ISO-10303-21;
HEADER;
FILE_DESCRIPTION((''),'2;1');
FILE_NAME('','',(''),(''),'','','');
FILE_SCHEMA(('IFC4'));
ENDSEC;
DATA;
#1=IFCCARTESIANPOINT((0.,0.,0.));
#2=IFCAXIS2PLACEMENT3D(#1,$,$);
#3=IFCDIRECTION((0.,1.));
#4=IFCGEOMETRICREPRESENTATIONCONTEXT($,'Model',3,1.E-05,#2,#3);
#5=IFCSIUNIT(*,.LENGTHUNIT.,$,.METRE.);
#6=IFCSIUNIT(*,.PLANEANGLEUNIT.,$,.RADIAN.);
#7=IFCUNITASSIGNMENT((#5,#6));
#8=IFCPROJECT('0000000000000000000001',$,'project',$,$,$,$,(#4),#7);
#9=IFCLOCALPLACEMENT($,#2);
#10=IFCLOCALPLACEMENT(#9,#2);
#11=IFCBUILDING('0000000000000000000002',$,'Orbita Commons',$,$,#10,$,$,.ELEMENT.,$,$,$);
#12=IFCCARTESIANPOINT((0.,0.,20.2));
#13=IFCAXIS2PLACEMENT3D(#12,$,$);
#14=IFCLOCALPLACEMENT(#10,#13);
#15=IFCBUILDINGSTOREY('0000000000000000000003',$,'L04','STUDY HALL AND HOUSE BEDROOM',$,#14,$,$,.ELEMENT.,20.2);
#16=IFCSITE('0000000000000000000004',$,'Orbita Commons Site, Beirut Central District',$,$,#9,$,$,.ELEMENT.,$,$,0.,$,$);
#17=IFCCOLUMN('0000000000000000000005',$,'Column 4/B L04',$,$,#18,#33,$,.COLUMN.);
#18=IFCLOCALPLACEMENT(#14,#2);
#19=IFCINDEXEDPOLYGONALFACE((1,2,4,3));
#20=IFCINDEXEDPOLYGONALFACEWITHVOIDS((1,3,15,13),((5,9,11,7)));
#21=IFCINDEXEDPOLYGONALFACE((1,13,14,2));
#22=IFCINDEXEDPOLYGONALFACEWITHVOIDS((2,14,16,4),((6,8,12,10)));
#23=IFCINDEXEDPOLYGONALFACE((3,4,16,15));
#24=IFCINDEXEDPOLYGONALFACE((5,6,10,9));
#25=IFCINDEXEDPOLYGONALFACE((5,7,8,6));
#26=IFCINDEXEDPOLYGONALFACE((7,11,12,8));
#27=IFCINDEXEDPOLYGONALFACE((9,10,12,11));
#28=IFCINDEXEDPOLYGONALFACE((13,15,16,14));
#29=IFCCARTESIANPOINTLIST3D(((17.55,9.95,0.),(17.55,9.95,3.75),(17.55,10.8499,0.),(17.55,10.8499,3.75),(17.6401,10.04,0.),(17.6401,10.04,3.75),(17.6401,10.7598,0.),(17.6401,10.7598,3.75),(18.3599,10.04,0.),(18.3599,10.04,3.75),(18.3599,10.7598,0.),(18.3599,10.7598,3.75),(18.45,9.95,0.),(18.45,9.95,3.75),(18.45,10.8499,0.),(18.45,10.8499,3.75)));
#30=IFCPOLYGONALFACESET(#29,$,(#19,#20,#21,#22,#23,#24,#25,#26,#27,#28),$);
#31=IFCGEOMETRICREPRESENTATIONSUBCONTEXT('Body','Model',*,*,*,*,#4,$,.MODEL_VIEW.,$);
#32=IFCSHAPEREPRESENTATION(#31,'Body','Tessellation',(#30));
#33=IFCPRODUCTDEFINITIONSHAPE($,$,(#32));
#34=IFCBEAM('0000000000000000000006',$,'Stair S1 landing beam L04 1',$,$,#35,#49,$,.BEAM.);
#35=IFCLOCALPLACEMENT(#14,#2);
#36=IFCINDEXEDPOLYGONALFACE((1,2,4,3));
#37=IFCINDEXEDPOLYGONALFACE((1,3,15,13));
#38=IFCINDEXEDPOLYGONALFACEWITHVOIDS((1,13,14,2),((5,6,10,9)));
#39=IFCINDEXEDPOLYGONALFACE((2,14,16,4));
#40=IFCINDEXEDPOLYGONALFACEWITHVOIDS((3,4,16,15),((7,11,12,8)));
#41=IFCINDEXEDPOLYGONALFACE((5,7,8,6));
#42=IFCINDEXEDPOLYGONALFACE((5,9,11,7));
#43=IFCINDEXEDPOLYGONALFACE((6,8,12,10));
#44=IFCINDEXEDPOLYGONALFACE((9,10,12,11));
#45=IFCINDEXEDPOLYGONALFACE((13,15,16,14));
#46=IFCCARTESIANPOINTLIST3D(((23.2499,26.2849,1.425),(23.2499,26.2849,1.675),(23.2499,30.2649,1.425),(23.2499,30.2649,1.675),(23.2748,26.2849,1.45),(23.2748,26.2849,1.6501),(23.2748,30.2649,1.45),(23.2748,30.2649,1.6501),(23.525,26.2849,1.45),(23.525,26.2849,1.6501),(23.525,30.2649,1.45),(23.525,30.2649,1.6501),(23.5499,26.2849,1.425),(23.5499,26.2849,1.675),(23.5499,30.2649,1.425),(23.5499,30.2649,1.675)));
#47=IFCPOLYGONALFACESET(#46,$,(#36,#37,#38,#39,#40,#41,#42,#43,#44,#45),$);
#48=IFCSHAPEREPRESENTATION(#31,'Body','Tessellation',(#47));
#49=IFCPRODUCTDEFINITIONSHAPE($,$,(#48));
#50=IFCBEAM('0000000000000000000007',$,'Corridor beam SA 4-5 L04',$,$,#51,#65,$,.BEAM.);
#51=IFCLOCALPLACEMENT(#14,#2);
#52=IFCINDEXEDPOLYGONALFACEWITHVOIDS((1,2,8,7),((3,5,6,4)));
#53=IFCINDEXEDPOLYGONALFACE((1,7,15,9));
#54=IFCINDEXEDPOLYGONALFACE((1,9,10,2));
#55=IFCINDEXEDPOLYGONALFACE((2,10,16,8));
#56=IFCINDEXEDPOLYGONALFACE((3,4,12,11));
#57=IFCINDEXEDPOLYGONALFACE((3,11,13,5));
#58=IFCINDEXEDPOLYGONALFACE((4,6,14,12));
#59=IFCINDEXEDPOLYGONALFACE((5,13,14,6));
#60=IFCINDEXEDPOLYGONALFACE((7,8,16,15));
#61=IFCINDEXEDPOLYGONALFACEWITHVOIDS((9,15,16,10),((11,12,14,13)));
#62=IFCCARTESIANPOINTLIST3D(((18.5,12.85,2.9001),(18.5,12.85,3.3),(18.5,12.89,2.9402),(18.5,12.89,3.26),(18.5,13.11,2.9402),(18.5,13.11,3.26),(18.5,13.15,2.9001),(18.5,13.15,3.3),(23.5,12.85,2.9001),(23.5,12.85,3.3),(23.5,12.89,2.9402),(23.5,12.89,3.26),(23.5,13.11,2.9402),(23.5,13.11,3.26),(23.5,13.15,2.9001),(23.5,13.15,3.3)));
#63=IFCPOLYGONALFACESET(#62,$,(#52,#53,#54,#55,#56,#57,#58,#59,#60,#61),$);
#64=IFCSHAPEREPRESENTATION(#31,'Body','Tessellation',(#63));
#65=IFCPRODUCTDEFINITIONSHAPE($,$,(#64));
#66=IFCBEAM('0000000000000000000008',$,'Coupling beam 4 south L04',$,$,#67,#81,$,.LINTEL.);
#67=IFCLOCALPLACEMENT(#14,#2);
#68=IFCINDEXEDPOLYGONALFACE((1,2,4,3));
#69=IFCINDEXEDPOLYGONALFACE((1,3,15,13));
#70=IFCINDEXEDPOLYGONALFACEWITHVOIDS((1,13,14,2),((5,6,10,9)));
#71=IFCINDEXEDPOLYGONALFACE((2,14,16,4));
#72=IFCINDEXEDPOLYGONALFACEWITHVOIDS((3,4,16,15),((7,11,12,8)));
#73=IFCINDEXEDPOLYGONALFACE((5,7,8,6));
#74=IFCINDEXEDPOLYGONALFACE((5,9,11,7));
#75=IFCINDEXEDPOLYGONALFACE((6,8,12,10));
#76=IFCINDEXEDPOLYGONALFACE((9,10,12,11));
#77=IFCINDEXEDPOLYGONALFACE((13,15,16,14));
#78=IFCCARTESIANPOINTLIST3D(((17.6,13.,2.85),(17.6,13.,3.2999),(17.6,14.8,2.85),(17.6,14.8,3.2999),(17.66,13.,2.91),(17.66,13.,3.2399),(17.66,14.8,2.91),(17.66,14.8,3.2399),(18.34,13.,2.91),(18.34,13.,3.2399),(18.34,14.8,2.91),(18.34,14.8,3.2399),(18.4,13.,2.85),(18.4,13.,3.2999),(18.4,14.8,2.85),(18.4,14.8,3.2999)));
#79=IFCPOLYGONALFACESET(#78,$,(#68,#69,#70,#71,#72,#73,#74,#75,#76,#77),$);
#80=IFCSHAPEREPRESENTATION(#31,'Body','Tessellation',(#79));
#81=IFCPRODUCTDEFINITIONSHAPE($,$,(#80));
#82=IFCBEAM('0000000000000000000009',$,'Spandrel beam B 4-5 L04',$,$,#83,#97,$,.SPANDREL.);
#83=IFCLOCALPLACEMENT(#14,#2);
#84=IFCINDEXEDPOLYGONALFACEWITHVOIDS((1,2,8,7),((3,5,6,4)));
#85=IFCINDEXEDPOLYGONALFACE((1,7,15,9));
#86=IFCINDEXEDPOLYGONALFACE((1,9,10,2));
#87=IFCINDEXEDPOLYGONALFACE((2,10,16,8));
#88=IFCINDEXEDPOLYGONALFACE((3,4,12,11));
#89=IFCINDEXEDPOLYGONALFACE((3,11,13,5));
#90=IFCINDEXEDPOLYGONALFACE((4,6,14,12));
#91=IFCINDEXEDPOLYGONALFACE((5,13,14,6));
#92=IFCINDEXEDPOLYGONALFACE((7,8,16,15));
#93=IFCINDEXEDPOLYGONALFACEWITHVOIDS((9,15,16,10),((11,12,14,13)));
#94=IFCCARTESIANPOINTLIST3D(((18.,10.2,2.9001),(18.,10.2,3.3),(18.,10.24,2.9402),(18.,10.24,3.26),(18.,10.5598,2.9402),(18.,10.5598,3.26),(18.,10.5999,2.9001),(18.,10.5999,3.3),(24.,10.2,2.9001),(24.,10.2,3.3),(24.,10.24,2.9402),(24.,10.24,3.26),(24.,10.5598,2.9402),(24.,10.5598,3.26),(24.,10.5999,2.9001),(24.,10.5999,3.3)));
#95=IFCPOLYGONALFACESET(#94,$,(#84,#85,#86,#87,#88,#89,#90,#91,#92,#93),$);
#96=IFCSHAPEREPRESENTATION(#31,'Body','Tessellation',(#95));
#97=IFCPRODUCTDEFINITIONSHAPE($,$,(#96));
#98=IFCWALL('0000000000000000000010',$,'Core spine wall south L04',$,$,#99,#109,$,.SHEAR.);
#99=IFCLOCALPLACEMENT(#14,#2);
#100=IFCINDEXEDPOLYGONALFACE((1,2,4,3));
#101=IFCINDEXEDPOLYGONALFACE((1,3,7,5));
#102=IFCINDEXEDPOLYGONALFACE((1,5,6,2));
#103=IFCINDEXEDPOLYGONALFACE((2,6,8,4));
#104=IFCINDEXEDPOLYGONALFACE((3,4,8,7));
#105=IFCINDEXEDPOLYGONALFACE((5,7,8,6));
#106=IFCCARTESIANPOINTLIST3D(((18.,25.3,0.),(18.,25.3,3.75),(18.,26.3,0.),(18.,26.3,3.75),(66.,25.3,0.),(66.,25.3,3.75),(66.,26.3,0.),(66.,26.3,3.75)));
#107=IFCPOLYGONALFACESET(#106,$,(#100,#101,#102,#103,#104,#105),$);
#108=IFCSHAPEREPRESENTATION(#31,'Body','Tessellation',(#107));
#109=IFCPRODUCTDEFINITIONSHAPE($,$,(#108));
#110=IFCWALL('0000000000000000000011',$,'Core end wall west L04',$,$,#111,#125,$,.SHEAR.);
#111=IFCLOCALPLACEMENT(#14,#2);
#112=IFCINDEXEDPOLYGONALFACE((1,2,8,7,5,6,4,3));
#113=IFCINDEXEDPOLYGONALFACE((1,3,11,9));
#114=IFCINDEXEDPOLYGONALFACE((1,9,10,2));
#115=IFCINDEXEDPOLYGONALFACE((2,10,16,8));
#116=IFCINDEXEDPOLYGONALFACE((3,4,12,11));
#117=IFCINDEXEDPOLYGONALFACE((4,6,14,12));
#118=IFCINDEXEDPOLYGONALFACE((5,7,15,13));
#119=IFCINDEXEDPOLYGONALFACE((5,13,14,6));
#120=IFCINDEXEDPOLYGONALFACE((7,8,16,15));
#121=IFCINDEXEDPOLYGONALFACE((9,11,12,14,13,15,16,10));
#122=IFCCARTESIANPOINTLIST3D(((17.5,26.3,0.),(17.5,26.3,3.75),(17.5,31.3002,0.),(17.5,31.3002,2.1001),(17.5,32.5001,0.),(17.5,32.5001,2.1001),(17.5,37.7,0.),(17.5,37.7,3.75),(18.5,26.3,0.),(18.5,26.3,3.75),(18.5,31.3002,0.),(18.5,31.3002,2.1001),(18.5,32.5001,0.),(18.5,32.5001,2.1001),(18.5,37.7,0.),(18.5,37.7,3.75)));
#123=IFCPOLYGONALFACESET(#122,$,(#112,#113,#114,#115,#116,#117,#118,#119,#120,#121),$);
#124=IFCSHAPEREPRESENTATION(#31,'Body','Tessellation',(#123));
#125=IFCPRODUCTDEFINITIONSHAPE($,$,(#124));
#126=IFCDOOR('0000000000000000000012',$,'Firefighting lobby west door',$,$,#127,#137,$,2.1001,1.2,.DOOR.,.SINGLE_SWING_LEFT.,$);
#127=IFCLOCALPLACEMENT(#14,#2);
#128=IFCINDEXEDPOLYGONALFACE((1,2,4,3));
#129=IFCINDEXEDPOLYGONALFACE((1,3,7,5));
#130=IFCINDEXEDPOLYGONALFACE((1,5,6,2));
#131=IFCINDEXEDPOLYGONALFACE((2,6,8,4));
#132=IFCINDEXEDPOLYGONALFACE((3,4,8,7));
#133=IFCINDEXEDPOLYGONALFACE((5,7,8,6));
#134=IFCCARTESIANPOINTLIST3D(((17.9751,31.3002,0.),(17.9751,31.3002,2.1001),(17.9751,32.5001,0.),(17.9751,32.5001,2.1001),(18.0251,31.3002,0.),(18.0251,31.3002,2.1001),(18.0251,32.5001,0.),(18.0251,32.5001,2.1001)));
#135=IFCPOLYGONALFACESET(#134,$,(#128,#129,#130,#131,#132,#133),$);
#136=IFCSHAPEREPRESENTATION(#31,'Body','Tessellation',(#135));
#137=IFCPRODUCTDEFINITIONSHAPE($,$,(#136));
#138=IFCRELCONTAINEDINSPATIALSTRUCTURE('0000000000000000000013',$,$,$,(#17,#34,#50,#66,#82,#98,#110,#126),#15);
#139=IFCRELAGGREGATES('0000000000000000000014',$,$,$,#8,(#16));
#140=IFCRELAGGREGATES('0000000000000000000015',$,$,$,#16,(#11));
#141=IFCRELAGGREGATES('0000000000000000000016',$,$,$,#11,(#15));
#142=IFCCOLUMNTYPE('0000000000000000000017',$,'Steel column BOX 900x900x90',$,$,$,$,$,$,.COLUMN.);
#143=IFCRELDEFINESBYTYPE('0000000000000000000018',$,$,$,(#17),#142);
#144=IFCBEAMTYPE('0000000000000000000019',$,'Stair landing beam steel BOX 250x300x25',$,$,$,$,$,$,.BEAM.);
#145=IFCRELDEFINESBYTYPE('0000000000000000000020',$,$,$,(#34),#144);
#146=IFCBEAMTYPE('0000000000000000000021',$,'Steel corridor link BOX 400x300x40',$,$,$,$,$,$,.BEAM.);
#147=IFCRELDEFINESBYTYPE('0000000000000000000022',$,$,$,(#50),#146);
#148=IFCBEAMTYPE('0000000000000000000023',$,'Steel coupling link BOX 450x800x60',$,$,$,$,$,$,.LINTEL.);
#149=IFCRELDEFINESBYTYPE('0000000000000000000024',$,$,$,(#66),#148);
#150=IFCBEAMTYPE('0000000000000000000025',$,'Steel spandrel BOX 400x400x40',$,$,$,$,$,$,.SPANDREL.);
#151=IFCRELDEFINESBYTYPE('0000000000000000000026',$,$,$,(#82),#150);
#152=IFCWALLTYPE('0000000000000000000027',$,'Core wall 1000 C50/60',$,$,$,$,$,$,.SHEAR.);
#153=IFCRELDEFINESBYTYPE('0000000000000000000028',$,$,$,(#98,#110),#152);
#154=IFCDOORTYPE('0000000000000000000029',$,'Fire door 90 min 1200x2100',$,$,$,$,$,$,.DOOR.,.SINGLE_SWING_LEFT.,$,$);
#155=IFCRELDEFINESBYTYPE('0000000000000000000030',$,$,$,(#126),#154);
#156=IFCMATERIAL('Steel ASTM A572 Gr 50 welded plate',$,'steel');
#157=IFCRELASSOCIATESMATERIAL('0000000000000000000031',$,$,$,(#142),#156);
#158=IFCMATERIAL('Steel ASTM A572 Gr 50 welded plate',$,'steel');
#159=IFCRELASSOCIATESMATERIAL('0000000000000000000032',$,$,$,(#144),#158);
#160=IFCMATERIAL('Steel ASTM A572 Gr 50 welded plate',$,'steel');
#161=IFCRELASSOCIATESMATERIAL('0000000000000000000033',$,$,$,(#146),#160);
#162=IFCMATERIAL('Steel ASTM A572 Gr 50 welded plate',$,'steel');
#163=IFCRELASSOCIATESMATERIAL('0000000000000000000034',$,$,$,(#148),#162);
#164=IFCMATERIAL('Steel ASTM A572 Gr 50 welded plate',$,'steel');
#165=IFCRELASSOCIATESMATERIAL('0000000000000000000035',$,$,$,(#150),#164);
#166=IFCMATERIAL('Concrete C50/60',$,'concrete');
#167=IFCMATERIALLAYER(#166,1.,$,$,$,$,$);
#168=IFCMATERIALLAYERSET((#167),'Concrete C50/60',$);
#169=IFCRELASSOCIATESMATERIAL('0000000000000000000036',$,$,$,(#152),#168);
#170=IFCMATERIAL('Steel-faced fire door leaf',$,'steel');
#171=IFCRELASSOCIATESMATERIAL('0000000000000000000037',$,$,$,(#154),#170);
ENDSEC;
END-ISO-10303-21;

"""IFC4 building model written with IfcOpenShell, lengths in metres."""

from ifc_helpers import new_model, si_unit, direction, frame, frame_2d, origin, origin_2d, place, context, subcontext, project, spatial, rectangle, hollow_rectangle, extrude, material, layer, layer_set, material_profile, profile_set, type_object, element, fill, save


model = new_model("IFC4")

# Units and contexts
model_context = context("Model", 3, precision=1e-05, world=origin(), true_north=direction((0.0, 1.0)))
body_context = subcontext(model_context, "Body", "Model", "MODEL_VIEW")
ifc_project = project(units=[si_unit("LENGTHUNIT", "METRE"), si_unit("PLANEANGLEUNIT", "RADIAN")], contexts=[model_context])

# Site, building, storey
site_placement = place(None, origin())
site = spatial("IfcSite", under=ifc_project, at=site_placement, Name="Orbita Commons Site, Beirut Central District", CompositionType="ELEMENT", RefElevation=0.0)
building_placement = place(site_placement, origin())
building = spatial("IfcBuilding", under=site, at=building_placement, Name="Orbita Commons", CompositionType="ELEMENT")
storey_placement = place(building_placement, frame((0.0, 0.0, 20.2)))
storey = spatial("IfcBuildingStorey", under=building, at=storey_placement, Name="L04", Description="STUDY HALL AND HOUSE BEDROOM", CompositionType="ELEMENT", Elevation=20.2)

# Column
ifc_material_1 = material(Name="Steel ASTM A572 Gr 50 welded plate", Category="steel")
ifc_material_profile_1 = material_profile(ifc_material_1, hollow_rectangle(XDim=0.8999, YDim=0.8999, WallThickness=0.0901, at=origin_2d()), Name="BOX 900x900x90")
ifc_profile_set_1 = profile_set([ifc_material_profile_1], Name="Steel ASTM A572 Gr 50 welded plate")
column_type = type_object("IfcColumnType", Name="Steel column BOX 900x900x90", PredefinedType="COLUMN", material=ifc_profile_set_1)
column_placement = place(storey_placement, frame((18.0, 10.3999, 0.0), z_axis=(0.0, 0.0, 1.0), x_axis=(1.0, 0.0, 0.0)))
element("IfcColumn", 1, at=column_placement, inside=storey, type_object=column_type, Name="Column 4/B L04", PredefinedType="COLUMN", context=body_context, shape_type="SweptSolid", body=[
    extrude(hollow_rectangle(XDim=0.8999, YDim=0.8999, WallThickness=0.0901, at=origin_2d()), origin(), (0.0, 0.0, 1.0), 3.75),
])

# Beams
ifc_material_2 = material(Name="Steel ASTM A572 Gr 50 welded plate", Category="steel")
ifc_material_profile_2 = material_profile(ifc_material_2, hollow_rectangle(XDim=0.3, YDim=0.25, WallThickness=0.0249, at=origin_2d()), Name="BOX 250x300x25")
ifc_profile_set_2 = profile_set([ifc_material_profile_2], Name="Steel ASTM A572 Gr 50 welded plate")
beam_type_1 = type_object("IfcBeamType", Name="Stair landing beam steel BOX 250x300x25", PredefinedType="BEAM", material=ifc_profile_set_2)
beam_1_placement = place(storey_placement, frame((23.3999, 26.2849, 1.55), z_axis=(0.0, 1.0, 0.0), x_axis=(-1.0, 0.0, 0.0)))
element("IfcBeam", 2, at=beam_1_placement, inside=storey, type_object=beam_type_1, Name="Stair S1 landing beam L04 1", PredefinedType="BEAM", context=body_context, shape_type="SweptSolid", body=[
    extrude(hollow_rectangle(XDim=0.3, YDim=0.25, WallThickness=0.0249, at=origin_2d()), origin(), (0.0, 0.0, 1.0), 3.98),
])
ifc_material_3 = material(Name="Steel ASTM A572 Gr 50 welded plate", Category="steel")
ifc_material_profile_3 = material_profile(ifc_material_3, hollow_rectangle(XDim=0.3, YDim=0.3999, WallThickness=0.04, at=origin_2d()), Name="BOX 400x300x40")
ifc_profile_set_3 = profile_set([ifc_material_profile_3], Name="Steel ASTM A572 Gr 50 welded plate")
beam_type_2 = type_object("IfcBeamType", Name="Steel corridor link BOX 400x300x40", PredefinedType="BEAM", material=ifc_profile_set_3)
beam_2_placement = place(storey_placement, frame((18.5, 13.0, 3.1001), z_axis=(1.0, 0.0, 0.0), x_axis=(0.0, 1.0, 0.0)))
element("IfcBeam", 3, at=beam_2_placement, inside=storey, type_object=beam_type_2, Name="Corridor beam SA 4-5 L04", PredefinedType="BEAM", context=body_context, shape_type="SweptSolid", body=[
    extrude(hollow_rectangle(XDim=0.3, YDim=0.3999, WallThickness=0.04, at=origin_2d()), origin(), (0.0, 0.0, 1.0), 5.0),
])
ifc_material_4 = material(Name="Steel ASTM A572 Gr 50 welded plate", Category="steel")
ifc_material_profile_4 = material_profile(ifc_material_4, hollow_rectangle(XDim=0.8, YDim=0.45, WallThickness=0.0601, at=origin_2d()), Name="BOX 450x800x60")
ifc_profile_set_4 = profile_set([ifc_material_profile_4], Name="Steel ASTM A572 Gr 50 welded plate")
beam_type_3 = type_object("IfcBeamType", Name="Steel coupling link BOX 450x800x60", PredefinedType="LINTEL", material=ifc_profile_set_4)
beam_3_placement = place(storey_placement, frame((18.0, 13.0, 3.075), z_axis=(0.0, 1.0, 0.0), x_axis=(-1.0, 0.0, 0.0)))
element("IfcBeam", 4, at=beam_3_placement, inside=storey, type_object=beam_type_3, Name="Coupling beam 4 south L04", PredefinedType="LINTEL", context=body_context, shape_type="SweptSolid", body=[
    extrude(hollow_rectangle(XDim=0.8, YDim=0.45, WallThickness=0.0601, at=origin_2d()), origin(), (0.0, 0.0, 1.0), 1.8),
])
ifc_material_5 = material(Name="Steel ASTM A572 Gr 50 welded plate", Category="steel")
ifc_material_profile_5 = material_profile(ifc_material_5, hollow_rectangle(XDim=0.3999, YDim=0.3999, WallThickness=0.04, at=origin_2d()), Name="BOX 400x400x40")
ifc_profile_set_5 = profile_set([ifc_material_profile_5], Name="Steel ASTM A572 Gr 50 welded plate")
beam_type_4 = type_object("IfcBeamType", Name="Steel spandrel BOX 400x400x40", PredefinedType="SPANDREL", material=ifc_profile_set_5)
beam_4_placement = place(storey_placement, frame((18.0, 10.3999, 3.1001), z_axis=(1.0, 0.0, 0.0), x_axis=(0.0, 1.0, 0.0)))
element("IfcBeam", 5, at=beam_4_placement, inside=storey, type_object=beam_type_4, Name="Spandrel beam B 4-5 L04", PredefinedType="SPANDREL", context=body_context, shape_type="SweptSolid", body=[
    extrude(hollow_rectangle(XDim=0.3999, YDim=0.3999, WallThickness=0.04, at=origin_2d()), origin(), (0.0, 0.0, 1.0), 6.0),
])

# Wall
ifc_material_6 = material(Name="Concrete C50/60", Category="concrete")
ifc_layer_1 = layer(ifc_material_6, 1.0)
ifc_layer_set_1 = layer_set([ifc_layer_1], Name="Concrete C50/60")
wall_type_1 = type_object("IfcWallType", Name="Core wall 1000 C50/60", PredefinedType="SHEAR", material=ifc_layer_set_1)
wall_1_placement = place(storey_placement, frame((18.0, 25.8, 0.0), z_axis=(0.0, 0.0, 1.0), x_axis=(1.0, 0.0, 0.0)))
element("IfcWall", 6, at=wall_1_placement, inside=storey, type_object=wall_type_1, Name="Core spine wall south L04", PredefinedType="SHEAR", context=body_context, shape_type="SweptSolid", body=[
    extrude(rectangle(XDim=48.0, YDim=1.0, at=frame_2d((24.0, 0.0))), origin(), (0.0, 0.0, 1.0), 3.75),
])

# Wall, opening, door
wall_2_placement = place(storey_placement, frame((18.0, 26.3, 0.0), z_axis=(0.0, 0.0, 1.0), x_axis=(0.0, 1.0, 0.0)))
wall_2 = element("IfcWall", 7, at=wall_2_placement, inside=storey, type_object=wall_type_1, Name="Core end wall west L04", PredefinedType="SHEAR", context=body_context, shape_type="SweptSolid", body=[
    extrude(rectangle(XDim=11.3999, YDim=1.0, at=frame_2d((5.7, 0.0))), origin(), (0.0, 0.0, 1.0), 3.75),
])
opening_1_placement = place(wall_2_placement, frame((5.0, 0.0, 0.0)))
opening_1 = element("IfcOpeningElement", 8, at=opening_1_placement, cuts=wall_2, PredefinedType="OPENING", context=body_context, shape_type="SweptSolid", body=[
    extrude(rectangle(XDim=1.2, YDim=2.1001, at=frame_2d((0.6001, 1.05))), frame((0.0, 0.51, 0.0), z_axis=(0.0, -1.0, 0.0), x_axis=(1.0, 0.0, 0.0)), (0.0, 0.0, 1.0), 1.02),
])
ifc_material_7 = material(Name="Steel-faced fire door leaf", Category="steel")
door_type_1 = type_object("IfcDoorType", Name="Fire door 90 min 1200x2100", OperationType="SINGLE_SWING_LEFT", PredefinedType="DOOR", material=ifc_material_7)
door_1_placement = place(opening_1_placement, origin())
door_1 = element("IfcDoor", 9, at=door_1_placement, inside=storey, type_object=door_type_1, Name="Firefighting lobby west door", OperationType="SINGLE_SWING_LEFT", OverallHeight=2.1001, OverallWidth=1.2, PredefinedType="DOOR", context=body_context, shape_type="SweptSolid", body=[
    extrude(rectangle(XDim=1.2, YDim=2.1001, at=frame_2d((0.6001, 1.05))), frame((0.0, 0.0249, 0.0), z_axis=(0.0, -1.0, 0.0), x_axis=(1.0, 0.0, 0.0)), (0.0, 0.0, 1.0), 0.05),
])
fill(opening_1, door_1)

save(model, "model.ifc")
